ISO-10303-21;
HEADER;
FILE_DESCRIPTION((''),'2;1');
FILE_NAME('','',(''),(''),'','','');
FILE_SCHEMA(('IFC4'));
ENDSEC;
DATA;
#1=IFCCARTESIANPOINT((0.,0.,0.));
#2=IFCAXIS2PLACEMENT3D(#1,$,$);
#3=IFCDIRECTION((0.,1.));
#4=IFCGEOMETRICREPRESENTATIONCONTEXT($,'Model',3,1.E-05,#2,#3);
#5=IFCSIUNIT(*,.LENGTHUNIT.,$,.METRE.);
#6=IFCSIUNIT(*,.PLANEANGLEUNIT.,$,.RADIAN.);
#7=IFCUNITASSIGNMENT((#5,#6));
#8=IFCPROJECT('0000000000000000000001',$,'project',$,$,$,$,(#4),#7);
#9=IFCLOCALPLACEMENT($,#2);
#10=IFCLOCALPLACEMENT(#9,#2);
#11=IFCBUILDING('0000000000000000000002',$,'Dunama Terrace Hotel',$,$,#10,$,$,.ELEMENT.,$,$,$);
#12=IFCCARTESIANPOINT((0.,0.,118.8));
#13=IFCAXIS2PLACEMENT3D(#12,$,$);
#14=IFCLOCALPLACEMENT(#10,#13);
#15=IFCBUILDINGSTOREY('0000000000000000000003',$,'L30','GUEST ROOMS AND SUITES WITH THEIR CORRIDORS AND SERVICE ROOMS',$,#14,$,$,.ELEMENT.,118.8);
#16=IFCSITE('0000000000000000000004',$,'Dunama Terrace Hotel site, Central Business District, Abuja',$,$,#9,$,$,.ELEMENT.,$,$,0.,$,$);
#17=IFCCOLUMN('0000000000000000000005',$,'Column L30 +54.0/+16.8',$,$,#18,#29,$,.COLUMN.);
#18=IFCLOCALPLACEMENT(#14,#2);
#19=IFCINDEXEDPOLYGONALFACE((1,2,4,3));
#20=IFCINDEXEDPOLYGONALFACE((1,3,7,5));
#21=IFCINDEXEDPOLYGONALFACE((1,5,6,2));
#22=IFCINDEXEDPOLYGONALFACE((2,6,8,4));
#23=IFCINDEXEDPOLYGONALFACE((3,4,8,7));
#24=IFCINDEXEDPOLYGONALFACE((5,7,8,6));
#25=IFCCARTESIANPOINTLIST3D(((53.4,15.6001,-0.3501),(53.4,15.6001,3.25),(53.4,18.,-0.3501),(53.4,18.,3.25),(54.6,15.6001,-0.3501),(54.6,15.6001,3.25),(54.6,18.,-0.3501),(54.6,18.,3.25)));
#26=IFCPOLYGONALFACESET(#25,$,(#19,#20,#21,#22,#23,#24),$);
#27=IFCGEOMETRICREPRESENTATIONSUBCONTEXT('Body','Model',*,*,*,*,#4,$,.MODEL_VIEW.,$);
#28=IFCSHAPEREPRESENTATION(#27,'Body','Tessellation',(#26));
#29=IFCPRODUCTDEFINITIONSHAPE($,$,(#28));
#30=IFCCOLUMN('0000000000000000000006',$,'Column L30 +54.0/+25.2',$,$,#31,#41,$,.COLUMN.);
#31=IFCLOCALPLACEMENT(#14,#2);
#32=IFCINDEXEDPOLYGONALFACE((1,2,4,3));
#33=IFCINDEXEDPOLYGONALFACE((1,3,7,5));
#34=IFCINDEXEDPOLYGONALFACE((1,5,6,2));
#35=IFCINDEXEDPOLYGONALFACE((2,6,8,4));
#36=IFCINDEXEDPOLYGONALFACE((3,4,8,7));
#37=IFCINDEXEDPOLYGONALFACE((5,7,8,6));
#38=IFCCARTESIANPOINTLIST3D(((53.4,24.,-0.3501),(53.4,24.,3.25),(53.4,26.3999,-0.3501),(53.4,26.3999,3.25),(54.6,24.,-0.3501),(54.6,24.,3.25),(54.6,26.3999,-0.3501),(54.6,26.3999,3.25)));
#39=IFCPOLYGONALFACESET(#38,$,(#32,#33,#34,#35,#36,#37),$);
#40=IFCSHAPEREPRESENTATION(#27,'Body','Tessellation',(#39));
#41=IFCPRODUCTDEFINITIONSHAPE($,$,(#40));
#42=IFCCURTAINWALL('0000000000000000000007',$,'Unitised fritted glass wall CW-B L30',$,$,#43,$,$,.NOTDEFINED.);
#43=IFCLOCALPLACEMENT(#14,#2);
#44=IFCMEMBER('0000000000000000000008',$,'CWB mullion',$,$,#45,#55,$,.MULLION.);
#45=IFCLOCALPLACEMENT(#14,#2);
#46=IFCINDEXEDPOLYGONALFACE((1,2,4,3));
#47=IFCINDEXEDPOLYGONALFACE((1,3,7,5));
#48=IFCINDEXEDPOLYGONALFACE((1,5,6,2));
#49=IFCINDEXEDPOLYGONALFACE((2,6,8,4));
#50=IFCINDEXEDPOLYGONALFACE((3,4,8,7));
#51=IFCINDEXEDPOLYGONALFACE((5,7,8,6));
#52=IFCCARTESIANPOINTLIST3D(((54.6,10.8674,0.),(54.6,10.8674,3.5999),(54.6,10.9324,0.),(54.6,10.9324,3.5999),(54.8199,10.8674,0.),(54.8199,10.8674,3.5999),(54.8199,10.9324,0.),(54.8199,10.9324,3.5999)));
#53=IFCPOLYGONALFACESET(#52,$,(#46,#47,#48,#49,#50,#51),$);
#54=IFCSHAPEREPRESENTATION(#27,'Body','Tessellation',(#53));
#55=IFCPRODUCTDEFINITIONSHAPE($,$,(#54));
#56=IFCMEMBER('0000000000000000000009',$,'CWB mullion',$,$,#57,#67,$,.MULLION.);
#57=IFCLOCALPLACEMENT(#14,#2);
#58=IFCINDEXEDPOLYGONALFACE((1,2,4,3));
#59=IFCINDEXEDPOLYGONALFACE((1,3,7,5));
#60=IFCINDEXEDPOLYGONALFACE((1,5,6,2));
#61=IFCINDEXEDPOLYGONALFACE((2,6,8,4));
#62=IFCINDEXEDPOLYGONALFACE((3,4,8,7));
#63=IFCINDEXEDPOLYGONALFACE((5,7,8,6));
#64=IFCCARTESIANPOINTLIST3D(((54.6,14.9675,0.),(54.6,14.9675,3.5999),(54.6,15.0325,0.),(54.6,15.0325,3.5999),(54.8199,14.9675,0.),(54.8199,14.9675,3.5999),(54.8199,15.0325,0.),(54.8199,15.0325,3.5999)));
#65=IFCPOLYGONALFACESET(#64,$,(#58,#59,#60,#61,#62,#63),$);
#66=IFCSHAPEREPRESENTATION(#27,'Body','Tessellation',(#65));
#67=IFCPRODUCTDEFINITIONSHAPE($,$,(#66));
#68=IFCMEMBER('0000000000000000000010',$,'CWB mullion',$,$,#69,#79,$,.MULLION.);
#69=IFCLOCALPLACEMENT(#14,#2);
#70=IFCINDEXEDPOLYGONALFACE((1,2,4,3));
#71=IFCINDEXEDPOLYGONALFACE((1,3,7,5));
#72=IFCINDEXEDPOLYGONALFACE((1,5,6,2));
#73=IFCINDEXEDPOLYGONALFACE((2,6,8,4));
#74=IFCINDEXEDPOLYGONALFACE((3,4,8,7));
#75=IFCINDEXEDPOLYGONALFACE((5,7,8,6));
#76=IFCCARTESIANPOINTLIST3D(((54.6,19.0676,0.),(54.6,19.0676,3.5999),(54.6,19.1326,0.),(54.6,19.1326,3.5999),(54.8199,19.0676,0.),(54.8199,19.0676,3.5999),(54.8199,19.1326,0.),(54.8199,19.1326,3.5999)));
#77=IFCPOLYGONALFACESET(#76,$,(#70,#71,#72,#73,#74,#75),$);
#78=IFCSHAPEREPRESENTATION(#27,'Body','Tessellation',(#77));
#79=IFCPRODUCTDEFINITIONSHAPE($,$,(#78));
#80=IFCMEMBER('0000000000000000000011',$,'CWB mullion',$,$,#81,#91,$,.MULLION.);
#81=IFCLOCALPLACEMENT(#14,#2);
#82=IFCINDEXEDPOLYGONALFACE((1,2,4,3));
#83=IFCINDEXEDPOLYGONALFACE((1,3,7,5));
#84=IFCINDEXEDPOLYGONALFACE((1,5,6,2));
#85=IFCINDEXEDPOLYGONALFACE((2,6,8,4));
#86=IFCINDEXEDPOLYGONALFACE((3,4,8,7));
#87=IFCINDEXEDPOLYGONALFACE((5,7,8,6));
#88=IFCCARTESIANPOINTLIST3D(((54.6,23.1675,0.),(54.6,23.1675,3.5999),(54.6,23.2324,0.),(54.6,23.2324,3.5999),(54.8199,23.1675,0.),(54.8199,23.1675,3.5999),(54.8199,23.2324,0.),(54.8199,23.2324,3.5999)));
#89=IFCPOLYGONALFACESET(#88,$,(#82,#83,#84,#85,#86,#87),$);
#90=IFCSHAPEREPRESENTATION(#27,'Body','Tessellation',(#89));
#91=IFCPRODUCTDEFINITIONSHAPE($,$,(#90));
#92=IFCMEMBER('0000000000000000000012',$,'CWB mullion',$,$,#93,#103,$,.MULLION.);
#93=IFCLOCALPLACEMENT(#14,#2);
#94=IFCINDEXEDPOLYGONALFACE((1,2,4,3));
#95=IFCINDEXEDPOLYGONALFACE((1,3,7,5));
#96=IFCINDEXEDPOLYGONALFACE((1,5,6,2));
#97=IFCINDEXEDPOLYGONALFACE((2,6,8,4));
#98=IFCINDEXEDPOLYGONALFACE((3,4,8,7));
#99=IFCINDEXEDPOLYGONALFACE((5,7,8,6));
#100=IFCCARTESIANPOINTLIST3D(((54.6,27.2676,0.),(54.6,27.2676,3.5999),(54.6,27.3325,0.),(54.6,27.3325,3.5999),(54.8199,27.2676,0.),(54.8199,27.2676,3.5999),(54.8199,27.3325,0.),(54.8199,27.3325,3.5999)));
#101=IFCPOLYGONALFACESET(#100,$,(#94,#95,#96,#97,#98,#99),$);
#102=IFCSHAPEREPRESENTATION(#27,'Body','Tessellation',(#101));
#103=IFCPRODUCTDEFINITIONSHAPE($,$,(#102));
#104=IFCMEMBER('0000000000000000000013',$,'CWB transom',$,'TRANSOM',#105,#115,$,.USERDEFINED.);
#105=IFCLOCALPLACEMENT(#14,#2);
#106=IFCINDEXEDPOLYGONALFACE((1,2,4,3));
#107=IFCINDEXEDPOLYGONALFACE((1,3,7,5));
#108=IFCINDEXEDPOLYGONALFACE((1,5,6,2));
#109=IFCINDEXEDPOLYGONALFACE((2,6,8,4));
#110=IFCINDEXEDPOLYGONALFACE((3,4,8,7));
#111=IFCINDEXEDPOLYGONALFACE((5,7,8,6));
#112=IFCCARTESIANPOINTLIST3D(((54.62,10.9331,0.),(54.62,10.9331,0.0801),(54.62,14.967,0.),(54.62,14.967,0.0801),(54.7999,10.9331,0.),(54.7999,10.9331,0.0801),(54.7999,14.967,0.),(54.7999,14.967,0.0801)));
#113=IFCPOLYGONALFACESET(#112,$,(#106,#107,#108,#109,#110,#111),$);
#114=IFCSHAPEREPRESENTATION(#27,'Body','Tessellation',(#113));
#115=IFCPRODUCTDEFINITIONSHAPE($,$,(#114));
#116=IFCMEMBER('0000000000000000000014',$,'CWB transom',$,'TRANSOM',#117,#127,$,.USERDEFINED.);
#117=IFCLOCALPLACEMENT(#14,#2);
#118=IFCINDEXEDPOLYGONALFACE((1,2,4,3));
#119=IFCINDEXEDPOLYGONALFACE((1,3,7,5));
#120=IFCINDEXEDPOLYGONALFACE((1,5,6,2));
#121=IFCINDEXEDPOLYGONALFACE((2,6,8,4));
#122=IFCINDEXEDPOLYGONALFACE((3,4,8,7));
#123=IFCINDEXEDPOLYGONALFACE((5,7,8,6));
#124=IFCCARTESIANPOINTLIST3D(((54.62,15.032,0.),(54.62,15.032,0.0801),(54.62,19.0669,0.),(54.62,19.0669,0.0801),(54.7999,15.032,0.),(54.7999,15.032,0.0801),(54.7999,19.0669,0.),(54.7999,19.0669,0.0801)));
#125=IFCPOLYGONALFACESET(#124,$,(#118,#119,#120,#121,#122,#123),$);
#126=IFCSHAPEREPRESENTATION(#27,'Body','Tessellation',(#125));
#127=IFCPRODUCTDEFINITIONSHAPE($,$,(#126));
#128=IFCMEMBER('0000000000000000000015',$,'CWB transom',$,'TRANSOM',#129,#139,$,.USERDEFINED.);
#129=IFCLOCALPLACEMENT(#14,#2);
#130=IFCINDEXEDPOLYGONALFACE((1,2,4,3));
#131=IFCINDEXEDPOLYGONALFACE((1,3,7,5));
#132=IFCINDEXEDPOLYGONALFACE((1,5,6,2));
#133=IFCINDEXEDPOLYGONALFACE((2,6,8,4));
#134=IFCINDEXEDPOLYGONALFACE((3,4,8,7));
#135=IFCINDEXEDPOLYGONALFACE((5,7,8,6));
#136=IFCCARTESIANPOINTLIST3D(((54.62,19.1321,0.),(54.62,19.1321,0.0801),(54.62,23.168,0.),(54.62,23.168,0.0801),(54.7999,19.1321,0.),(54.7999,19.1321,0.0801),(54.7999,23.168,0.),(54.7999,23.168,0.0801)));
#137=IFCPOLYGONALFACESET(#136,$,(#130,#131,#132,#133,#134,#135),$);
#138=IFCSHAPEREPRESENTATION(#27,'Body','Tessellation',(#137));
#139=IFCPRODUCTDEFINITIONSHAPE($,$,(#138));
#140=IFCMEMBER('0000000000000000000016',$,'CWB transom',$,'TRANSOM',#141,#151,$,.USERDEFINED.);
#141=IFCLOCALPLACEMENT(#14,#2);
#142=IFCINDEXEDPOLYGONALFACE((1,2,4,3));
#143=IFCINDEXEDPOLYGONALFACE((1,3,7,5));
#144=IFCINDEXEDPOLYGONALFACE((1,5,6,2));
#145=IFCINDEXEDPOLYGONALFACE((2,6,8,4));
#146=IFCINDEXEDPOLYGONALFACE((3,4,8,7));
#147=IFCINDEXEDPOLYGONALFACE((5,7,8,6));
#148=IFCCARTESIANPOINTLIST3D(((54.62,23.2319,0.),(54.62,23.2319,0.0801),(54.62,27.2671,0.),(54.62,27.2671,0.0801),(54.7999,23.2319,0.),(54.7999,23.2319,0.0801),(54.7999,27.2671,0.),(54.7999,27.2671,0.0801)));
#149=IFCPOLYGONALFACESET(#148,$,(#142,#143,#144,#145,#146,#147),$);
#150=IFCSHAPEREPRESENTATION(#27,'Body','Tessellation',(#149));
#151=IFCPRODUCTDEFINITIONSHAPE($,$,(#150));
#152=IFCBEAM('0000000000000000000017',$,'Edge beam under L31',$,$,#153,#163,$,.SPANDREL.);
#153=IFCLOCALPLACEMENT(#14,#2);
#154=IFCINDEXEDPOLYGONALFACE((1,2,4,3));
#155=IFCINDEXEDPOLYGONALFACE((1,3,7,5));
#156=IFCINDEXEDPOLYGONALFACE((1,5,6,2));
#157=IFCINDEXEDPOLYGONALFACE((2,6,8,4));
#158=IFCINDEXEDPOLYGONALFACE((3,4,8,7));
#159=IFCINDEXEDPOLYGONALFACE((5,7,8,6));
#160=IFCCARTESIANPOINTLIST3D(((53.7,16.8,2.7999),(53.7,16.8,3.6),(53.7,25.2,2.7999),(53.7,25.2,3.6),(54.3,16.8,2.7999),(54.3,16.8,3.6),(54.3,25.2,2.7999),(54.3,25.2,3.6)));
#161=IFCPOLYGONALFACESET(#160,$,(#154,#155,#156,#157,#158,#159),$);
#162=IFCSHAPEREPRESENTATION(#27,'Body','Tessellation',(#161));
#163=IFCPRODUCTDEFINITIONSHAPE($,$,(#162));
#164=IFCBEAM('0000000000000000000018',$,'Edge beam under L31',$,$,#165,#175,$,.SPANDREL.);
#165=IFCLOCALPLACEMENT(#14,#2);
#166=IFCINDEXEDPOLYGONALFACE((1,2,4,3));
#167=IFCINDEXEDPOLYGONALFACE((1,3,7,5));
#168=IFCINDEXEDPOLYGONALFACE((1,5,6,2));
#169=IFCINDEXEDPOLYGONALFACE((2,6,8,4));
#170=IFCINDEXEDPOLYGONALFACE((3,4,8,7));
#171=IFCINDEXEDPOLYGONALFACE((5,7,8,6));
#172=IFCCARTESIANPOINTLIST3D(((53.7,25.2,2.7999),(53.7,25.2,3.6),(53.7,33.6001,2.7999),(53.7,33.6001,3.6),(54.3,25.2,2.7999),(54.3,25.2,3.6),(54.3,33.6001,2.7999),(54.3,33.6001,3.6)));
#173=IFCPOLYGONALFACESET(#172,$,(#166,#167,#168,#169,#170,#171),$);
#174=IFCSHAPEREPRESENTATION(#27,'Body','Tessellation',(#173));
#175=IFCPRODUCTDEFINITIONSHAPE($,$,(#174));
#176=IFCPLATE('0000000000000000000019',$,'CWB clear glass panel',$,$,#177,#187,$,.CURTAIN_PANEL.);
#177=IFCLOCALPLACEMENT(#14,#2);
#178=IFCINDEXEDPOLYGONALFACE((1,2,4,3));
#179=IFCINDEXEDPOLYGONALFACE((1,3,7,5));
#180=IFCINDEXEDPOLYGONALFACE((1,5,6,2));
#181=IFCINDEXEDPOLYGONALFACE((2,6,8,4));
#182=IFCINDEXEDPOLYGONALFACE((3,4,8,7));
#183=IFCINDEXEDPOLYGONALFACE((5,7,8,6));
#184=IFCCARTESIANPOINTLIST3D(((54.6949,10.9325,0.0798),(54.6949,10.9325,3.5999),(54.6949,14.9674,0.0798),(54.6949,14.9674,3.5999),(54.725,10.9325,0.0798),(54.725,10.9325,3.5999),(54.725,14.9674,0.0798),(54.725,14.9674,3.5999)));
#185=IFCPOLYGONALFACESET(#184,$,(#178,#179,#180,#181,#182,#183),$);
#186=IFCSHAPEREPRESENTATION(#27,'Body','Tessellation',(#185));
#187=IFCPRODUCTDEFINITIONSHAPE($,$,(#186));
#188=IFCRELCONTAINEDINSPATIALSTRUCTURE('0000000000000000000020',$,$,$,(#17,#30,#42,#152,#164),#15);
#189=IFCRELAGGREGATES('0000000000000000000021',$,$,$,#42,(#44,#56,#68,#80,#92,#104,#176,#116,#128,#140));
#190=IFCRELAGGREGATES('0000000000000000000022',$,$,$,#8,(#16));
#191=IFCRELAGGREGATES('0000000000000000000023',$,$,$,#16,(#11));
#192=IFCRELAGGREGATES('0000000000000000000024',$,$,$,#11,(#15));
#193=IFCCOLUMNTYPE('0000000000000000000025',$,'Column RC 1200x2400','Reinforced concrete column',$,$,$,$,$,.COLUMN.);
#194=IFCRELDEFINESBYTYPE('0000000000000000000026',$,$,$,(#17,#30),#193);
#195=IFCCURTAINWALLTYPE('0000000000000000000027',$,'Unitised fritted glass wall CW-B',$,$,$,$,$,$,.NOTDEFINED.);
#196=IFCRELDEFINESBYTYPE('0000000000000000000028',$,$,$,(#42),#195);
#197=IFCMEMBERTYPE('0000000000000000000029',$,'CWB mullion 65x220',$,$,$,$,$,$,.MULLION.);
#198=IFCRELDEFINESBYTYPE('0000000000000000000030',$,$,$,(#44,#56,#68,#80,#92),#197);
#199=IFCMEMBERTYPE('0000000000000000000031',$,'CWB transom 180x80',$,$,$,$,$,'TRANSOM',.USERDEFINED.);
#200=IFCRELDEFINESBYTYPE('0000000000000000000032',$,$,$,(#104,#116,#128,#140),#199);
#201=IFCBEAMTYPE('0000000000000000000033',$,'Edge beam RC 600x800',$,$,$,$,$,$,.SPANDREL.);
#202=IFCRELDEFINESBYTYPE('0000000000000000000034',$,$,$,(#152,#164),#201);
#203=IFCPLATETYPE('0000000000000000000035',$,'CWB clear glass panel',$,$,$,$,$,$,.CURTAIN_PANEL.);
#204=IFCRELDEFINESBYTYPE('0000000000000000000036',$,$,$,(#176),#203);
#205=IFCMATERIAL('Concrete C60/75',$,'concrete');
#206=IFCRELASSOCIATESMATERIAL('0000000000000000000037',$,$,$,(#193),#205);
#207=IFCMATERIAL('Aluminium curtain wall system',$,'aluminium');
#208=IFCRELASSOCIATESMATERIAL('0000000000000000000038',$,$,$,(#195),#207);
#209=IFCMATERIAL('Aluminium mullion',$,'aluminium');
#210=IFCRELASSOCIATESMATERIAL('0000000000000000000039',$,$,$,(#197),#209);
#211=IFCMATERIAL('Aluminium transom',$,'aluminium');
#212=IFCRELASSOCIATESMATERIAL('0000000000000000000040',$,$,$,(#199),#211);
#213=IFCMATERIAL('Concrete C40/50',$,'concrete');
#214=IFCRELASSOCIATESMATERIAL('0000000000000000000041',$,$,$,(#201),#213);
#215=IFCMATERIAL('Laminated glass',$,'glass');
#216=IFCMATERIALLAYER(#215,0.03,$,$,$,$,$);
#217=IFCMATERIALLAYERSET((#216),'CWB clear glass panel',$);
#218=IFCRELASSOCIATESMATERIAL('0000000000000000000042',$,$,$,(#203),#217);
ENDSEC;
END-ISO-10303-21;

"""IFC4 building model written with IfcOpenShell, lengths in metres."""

from ifc_helpers import new_model, si_unit, direction, frame, origin, origin_2d, place, context, subcontext, project, spatial, rectangle, extrude, material, layer, layer_set, material_profile, profile_set, type_object, element, aggregate, save


model = new_model("IFC4")

# Units and contexts
model_context = context("Model", 3, precision=1e-05, world=origin(), true_north=direction((0.0, 1.0)))
body_context = subcontext(model_context, "Body", "Model", "MODEL_VIEW")
ifc_project = project(units=[si_unit("LENGTHUNIT", "METRE"), si_unit("PLANEANGLEUNIT", "RADIAN")], contexts=[model_context])

# Site, building, storey
site_placement = place(None, origin())
site = spatial("IfcSite", under=ifc_project, at=site_placement, Name="Dunama Terrace Hotel site, Central Business District, Abuja", CompositionType="ELEMENT", RefElevation=0.0)
building_placement = place(site_placement, origin())
building = spatial("IfcBuilding", under=site, at=building_placement, Name="Dunama Terrace Hotel", CompositionType="ELEMENT")
storey_placement = place(building_placement, frame((0.0, 0.0, 118.8)))
storey = spatial("IfcBuildingStorey", under=building, at=storey_placement, Name="L30", Description="GUEST ROOMS AND SUITES WITH THEIR CORRIDORS AND SERVICE ROOMS", CompositionType="ELEMENT", Elevation=118.8)

# Columns
ifc_material_1 = material(Name="Concrete C60/75", Category="concrete")
ifc_material_profile_1 = material_profile(ifc_material_1, rectangle(XDim=1.2, YDim=2.3999, at=origin_2d()), Name="RC 1200x2400")
ifc_profile_set_1 = profile_set([ifc_material_profile_1], Name="Concrete C60/75")
column_type = type_object("IfcColumnType", Name="Column RC 1200x2400", Description="Reinforced concrete column", PredefinedType="COLUMN", material=ifc_profile_set_1)
for number, where, z_axis, x_axis, name in (
    (1, (54.0, 16.8, -0.3501), (0.0, 0.0, 1.0), (1.0, 0.0, 0.0), "Column L30 +54.0/+16.8"),
    (2, (54.0, 25.2, -0.3501), (0.0, 0.0, 1.0), (1.0, 0.0, 0.0), "Column L30 +54.0/+25.2"),
):
    element("IfcColumn", number, at=place(storey_placement, frame(where, z_axis=z_axis, x_axis=x_axis)), inside=storey, type_object=column_type, Name=name, PredefinedType="COLUMN", context=body_context, shape_type="SweptSolid", body=[
        extrude(rectangle(XDim=1.2, YDim=2.3999, at=origin_2d()), origin(), (0.0, 0.0, 1.0), 3.6001),
    ])

# Curtain wall, members
ifc_material_2 = material(Name="Aluminium curtain wall system", Category="aluminium")
curtain_wall_type = type_object("IfcCurtainWallType", Name="Unitised fritted glass wall CW-B", PredefinedType="NOTDEFINED", material=ifc_material_2)
curtain_wall_placement = place(storey_placement, origin())
curtain_wall = element("IfcCurtainWall", 3, at=curtain_wall_placement, inside=storey, type_object=curtain_wall_type, Name="Unitised fritted glass wall CW-B L30", PredefinedType="NOTDEFINED")
ifc_material_3 = material(Name="Aluminium mullion", Category="aluminium")
ifc_material_profile_2 = material_profile(ifc_material_3, rectangle(XDim=0.0649, YDim=0.22, at=origin_2d()), Name="CWB MULLION 65X220")
ifc_profile_set_2 = profile_set([ifc_material_profile_2], Name="Aluminium mullion")
member_type_1 = type_object("IfcMemberType", Name="CWB mullion 65x220", PredefinedType="MULLION", material=ifc_profile_set_2)
member_1_placement = place(storey_placement, frame((54.71, 10.8999, 0.0), z_axis=(0.0, 0.0, 1.0), x_axis=(0.0, 1.0, 0.0)))
member_1 = element("IfcMember", 4, at=member_1_placement, type_object=member_type_1, Name="CWB mullion", PredefinedType="MULLION", context=body_context, shape_type="SweptSolid", body=[
    extrude(rectangle(XDim=0.0649, YDim=0.22, at=origin_2d()), origin(), (0.0, 0.0, 1.0), 3.5999),
])
member_2_placement = place(storey_placement, frame((54.71, 15.0, 0.0), z_axis=(0.0, 0.0, 1.0), x_axis=(0.0, 1.0, 0.0)))
member_2 = element("IfcMember", 5, at=member_2_placement, type_object=member_type_1, Name="CWB mullion", PredefinedType="MULLION", context=body_context, shape_type="SweptSolid", body=[
    extrude(rectangle(XDim=0.0649, YDim=0.22, at=origin_2d()), origin(), (0.0, 0.0, 1.0), 3.5999),
])
member_3_placement = place(storey_placement, frame((54.71, 19.1001, 0.0), z_axis=(0.0, 0.0, 1.0), x_axis=(0.0, 1.0, 0.0)))
member_3 = element("IfcMember", 6, at=member_3_placement, type_object=member_type_1, Name="CWB mullion", PredefinedType="MULLION", context=body_context, shape_type="SweptSolid", body=[
    extrude(rectangle(XDim=0.0649, YDim=0.22, at=origin_2d()), origin(), (0.0, 0.0, 1.0), 3.5999),
])
member_4_placement = place(storey_placement, frame((54.71, 23.2, 0.0), z_axis=(0.0, 0.0, 1.0), x_axis=(0.0, 1.0, 0.0)))
member_4 = element("IfcMember", 7, at=member_4_placement, type_object=member_type_1, Name="CWB mullion", PredefinedType="MULLION", context=body_context, shape_type="SweptSolid", body=[
    extrude(rectangle(XDim=0.0649, YDim=0.22, at=origin_2d()), origin(), (0.0, 0.0, 1.0), 3.5999),
])
member_5_placement = place(storey_placement, frame((54.71, 27.3, 0.0), z_axis=(0.0, 0.0, 1.0), x_axis=(0.0, 1.0, 0.0)))
member_5 = element("IfcMember", 8, at=member_5_placement, type_object=member_type_1, Name="CWB mullion", PredefinedType="MULLION", context=body_context, shape_type="SweptSolid", body=[
    extrude(rectangle(XDim=0.0649, YDim=0.22, at=origin_2d()), origin(), (0.0, 0.0, 1.0), 3.5999),
])
ifc_material_4 = material(Name="Aluminium transom", Category="aluminium")
ifc_material_profile_3 = material_profile(ifc_material_4, rectangle(XDim=0.1799, YDim=0.0801, at=origin_2d()), Name="CWB TRANSOM 180X80")
ifc_profile_set_3 = profile_set([ifc_material_profile_3], Name="Aluminium transom")
member_type_2 = type_object("IfcMemberType", Name="CWB transom 180x80", ElementType="TRANSOM", PredefinedType="USERDEFINED", material=ifc_profile_set_3)
member_6_placement = place(storey_placement, frame((54.71, 10.9331, 0.04), z_axis=(0.0, 1.0, 0.0), x_axis=(-1.0, 0.0, 0.0)))
member_6 = element("IfcMember", 9, at=member_6_placement, type_object=member_type_2, Name="CWB transom", ObjectType="TRANSOM", PredefinedType="USERDEFINED", context=body_context, shape_type="SweptSolid", body=[
    extrude(rectangle(XDim=0.1799, YDim=0.0801, at=origin_2d()), origin(), (0.0, 0.0, 1.0), 4.0339),
])
member_7_placement = place(storey_placement, frame((54.71, 15.032, 0.04), z_axis=(0.0, 1.0, 0.0), x_axis=(-1.0, 0.0, 0.0)))
member_7 = element("IfcMember", 10, at=member_7_placement, type_object=member_type_2, Name="CWB transom", ObjectType="TRANSOM", PredefinedType="USERDEFINED", context=body_context, shape_type="SweptSolid", body=[
    extrude(rectangle(XDim=0.1799, YDim=0.0801, at=origin_2d()), origin(), (0.0, 0.0, 1.0), 4.0349),
])
member_8_placement = place(storey_placement, frame((54.71, 19.1321, 0.04), z_axis=(0.0, 1.0, 0.0), x_axis=(-1.0, 0.0, 0.0)))
member_8 = element("IfcMember", 11, at=member_8_placement, type_object=member_type_2, Name="CWB transom", ObjectType="TRANSOM", PredefinedType="USERDEFINED", context=body_context, shape_type="SweptSolid", body=[
    extrude(rectangle(XDim=0.1799, YDim=0.0801, at=origin_2d()), origin(), (0.0, 0.0, 1.0), 4.0359),
])
member_9_placement = place(storey_placement, frame((54.71, 23.2319, 0.04), z_axis=(0.0, 1.0, 0.0), x_axis=(-1.0, 0.0, 0.0)))
member_9 = element("IfcMember", 12, at=member_9_placement, type_object=member_type_2, Name="CWB transom", ObjectType="TRANSOM", PredefinedType="USERDEFINED", context=body_context, shape_type="SweptSolid", body=[
    extrude(rectangle(XDim=0.1799, YDim=0.0801, at=origin_2d()), origin(), (0.0, 0.0, 1.0), 4.0352),
])

# Beams
ifc_material_5 = material(Name="Concrete C40/50", Category="concrete")
ifc_material_profile_4 = material_profile(ifc_material_5, rectangle(XDim=0.6001, YDim=0.8, at=origin_2d()), Name="RC 600x800")
ifc_profile_set_4 = profile_set([ifc_material_profile_4], Name="Concrete C40/50")
beam_type = type_object("IfcBeamType", Name="Edge beam RC 600x800", PredefinedType="SPANDREL", material=ifc_profile_set_4)
beam_1_placement = place(storey_placement, frame((54.0, 16.8, 3.2), z_axis=(0.0, 1.0, 0.0), x_axis=(-1.0, 0.0, 0.0)))
element("IfcBeam", 13, at=beam_1_placement, inside=storey, type_object=beam_type, Name="Edge beam under L31", PredefinedType="SPANDREL", context=body_context, shape_type="SweptSolid", body=[
    extrude(rectangle(XDim=0.6001, YDim=0.8, at=origin_2d()), origin(), (0.0, 0.0, 1.0), 8.3999),
])
beam_2_placement = place(storey_placement, frame((54.0, 25.2, 3.2), z_axis=(0.0, 1.0, 0.0), x_axis=(-1.0, 0.0, 0.0)))
element("IfcBeam", 14, at=beam_2_placement, inside=storey, type_object=beam_type, Name="Edge beam under L31", PredefinedType="SPANDREL", context=body_context, shape_type="SweptSolid", body=[
    extrude(rectangle(XDim=0.6001, YDim=0.8, at=origin_2d()), origin(), (0.0, 0.0, 1.0), 8.4001),
])

# Plate
ifc_material_6 = material(Name="Laminated glass", Category="glass")
ifc_layer_1 = layer(ifc_material_6, 0.03)
ifc_layer_set_1 = layer_set([ifc_layer_1], Name="CWB clear glass panel")
plate_type_1 = type_object("IfcPlateType", Name="CWB clear glass panel", PredefinedType="CURTAIN_PANEL", material=ifc_layer_set_1)
plate_1_placement = place(storey_placement, frame((54.71, 12.95, 0.0798), z_axis=(0.0, 0.0, 1.0), x_axis=(0.0, 1.0, 0.0)))
plate_1 = element("IfcPlate", 15, at=plate_1_placement, type_object=plate_type_1, Name="CWB clear glass panel", PredefinedType="CURTAIN_PANEL", context=body_context, shape_type="SweptSolid", body=[
    extrude(rectangle(XDim=4.0349, YDim=0.03, at=origin_2d()), origin(), (0.0, 0.0, 1.0), 3.52),
])
aggregate(curtain_wall, [member_1, member_2, member_3, member_4, member_5, member_6, plate_1, member_7, member_8, member_9])

save(model, "model.ifc")
